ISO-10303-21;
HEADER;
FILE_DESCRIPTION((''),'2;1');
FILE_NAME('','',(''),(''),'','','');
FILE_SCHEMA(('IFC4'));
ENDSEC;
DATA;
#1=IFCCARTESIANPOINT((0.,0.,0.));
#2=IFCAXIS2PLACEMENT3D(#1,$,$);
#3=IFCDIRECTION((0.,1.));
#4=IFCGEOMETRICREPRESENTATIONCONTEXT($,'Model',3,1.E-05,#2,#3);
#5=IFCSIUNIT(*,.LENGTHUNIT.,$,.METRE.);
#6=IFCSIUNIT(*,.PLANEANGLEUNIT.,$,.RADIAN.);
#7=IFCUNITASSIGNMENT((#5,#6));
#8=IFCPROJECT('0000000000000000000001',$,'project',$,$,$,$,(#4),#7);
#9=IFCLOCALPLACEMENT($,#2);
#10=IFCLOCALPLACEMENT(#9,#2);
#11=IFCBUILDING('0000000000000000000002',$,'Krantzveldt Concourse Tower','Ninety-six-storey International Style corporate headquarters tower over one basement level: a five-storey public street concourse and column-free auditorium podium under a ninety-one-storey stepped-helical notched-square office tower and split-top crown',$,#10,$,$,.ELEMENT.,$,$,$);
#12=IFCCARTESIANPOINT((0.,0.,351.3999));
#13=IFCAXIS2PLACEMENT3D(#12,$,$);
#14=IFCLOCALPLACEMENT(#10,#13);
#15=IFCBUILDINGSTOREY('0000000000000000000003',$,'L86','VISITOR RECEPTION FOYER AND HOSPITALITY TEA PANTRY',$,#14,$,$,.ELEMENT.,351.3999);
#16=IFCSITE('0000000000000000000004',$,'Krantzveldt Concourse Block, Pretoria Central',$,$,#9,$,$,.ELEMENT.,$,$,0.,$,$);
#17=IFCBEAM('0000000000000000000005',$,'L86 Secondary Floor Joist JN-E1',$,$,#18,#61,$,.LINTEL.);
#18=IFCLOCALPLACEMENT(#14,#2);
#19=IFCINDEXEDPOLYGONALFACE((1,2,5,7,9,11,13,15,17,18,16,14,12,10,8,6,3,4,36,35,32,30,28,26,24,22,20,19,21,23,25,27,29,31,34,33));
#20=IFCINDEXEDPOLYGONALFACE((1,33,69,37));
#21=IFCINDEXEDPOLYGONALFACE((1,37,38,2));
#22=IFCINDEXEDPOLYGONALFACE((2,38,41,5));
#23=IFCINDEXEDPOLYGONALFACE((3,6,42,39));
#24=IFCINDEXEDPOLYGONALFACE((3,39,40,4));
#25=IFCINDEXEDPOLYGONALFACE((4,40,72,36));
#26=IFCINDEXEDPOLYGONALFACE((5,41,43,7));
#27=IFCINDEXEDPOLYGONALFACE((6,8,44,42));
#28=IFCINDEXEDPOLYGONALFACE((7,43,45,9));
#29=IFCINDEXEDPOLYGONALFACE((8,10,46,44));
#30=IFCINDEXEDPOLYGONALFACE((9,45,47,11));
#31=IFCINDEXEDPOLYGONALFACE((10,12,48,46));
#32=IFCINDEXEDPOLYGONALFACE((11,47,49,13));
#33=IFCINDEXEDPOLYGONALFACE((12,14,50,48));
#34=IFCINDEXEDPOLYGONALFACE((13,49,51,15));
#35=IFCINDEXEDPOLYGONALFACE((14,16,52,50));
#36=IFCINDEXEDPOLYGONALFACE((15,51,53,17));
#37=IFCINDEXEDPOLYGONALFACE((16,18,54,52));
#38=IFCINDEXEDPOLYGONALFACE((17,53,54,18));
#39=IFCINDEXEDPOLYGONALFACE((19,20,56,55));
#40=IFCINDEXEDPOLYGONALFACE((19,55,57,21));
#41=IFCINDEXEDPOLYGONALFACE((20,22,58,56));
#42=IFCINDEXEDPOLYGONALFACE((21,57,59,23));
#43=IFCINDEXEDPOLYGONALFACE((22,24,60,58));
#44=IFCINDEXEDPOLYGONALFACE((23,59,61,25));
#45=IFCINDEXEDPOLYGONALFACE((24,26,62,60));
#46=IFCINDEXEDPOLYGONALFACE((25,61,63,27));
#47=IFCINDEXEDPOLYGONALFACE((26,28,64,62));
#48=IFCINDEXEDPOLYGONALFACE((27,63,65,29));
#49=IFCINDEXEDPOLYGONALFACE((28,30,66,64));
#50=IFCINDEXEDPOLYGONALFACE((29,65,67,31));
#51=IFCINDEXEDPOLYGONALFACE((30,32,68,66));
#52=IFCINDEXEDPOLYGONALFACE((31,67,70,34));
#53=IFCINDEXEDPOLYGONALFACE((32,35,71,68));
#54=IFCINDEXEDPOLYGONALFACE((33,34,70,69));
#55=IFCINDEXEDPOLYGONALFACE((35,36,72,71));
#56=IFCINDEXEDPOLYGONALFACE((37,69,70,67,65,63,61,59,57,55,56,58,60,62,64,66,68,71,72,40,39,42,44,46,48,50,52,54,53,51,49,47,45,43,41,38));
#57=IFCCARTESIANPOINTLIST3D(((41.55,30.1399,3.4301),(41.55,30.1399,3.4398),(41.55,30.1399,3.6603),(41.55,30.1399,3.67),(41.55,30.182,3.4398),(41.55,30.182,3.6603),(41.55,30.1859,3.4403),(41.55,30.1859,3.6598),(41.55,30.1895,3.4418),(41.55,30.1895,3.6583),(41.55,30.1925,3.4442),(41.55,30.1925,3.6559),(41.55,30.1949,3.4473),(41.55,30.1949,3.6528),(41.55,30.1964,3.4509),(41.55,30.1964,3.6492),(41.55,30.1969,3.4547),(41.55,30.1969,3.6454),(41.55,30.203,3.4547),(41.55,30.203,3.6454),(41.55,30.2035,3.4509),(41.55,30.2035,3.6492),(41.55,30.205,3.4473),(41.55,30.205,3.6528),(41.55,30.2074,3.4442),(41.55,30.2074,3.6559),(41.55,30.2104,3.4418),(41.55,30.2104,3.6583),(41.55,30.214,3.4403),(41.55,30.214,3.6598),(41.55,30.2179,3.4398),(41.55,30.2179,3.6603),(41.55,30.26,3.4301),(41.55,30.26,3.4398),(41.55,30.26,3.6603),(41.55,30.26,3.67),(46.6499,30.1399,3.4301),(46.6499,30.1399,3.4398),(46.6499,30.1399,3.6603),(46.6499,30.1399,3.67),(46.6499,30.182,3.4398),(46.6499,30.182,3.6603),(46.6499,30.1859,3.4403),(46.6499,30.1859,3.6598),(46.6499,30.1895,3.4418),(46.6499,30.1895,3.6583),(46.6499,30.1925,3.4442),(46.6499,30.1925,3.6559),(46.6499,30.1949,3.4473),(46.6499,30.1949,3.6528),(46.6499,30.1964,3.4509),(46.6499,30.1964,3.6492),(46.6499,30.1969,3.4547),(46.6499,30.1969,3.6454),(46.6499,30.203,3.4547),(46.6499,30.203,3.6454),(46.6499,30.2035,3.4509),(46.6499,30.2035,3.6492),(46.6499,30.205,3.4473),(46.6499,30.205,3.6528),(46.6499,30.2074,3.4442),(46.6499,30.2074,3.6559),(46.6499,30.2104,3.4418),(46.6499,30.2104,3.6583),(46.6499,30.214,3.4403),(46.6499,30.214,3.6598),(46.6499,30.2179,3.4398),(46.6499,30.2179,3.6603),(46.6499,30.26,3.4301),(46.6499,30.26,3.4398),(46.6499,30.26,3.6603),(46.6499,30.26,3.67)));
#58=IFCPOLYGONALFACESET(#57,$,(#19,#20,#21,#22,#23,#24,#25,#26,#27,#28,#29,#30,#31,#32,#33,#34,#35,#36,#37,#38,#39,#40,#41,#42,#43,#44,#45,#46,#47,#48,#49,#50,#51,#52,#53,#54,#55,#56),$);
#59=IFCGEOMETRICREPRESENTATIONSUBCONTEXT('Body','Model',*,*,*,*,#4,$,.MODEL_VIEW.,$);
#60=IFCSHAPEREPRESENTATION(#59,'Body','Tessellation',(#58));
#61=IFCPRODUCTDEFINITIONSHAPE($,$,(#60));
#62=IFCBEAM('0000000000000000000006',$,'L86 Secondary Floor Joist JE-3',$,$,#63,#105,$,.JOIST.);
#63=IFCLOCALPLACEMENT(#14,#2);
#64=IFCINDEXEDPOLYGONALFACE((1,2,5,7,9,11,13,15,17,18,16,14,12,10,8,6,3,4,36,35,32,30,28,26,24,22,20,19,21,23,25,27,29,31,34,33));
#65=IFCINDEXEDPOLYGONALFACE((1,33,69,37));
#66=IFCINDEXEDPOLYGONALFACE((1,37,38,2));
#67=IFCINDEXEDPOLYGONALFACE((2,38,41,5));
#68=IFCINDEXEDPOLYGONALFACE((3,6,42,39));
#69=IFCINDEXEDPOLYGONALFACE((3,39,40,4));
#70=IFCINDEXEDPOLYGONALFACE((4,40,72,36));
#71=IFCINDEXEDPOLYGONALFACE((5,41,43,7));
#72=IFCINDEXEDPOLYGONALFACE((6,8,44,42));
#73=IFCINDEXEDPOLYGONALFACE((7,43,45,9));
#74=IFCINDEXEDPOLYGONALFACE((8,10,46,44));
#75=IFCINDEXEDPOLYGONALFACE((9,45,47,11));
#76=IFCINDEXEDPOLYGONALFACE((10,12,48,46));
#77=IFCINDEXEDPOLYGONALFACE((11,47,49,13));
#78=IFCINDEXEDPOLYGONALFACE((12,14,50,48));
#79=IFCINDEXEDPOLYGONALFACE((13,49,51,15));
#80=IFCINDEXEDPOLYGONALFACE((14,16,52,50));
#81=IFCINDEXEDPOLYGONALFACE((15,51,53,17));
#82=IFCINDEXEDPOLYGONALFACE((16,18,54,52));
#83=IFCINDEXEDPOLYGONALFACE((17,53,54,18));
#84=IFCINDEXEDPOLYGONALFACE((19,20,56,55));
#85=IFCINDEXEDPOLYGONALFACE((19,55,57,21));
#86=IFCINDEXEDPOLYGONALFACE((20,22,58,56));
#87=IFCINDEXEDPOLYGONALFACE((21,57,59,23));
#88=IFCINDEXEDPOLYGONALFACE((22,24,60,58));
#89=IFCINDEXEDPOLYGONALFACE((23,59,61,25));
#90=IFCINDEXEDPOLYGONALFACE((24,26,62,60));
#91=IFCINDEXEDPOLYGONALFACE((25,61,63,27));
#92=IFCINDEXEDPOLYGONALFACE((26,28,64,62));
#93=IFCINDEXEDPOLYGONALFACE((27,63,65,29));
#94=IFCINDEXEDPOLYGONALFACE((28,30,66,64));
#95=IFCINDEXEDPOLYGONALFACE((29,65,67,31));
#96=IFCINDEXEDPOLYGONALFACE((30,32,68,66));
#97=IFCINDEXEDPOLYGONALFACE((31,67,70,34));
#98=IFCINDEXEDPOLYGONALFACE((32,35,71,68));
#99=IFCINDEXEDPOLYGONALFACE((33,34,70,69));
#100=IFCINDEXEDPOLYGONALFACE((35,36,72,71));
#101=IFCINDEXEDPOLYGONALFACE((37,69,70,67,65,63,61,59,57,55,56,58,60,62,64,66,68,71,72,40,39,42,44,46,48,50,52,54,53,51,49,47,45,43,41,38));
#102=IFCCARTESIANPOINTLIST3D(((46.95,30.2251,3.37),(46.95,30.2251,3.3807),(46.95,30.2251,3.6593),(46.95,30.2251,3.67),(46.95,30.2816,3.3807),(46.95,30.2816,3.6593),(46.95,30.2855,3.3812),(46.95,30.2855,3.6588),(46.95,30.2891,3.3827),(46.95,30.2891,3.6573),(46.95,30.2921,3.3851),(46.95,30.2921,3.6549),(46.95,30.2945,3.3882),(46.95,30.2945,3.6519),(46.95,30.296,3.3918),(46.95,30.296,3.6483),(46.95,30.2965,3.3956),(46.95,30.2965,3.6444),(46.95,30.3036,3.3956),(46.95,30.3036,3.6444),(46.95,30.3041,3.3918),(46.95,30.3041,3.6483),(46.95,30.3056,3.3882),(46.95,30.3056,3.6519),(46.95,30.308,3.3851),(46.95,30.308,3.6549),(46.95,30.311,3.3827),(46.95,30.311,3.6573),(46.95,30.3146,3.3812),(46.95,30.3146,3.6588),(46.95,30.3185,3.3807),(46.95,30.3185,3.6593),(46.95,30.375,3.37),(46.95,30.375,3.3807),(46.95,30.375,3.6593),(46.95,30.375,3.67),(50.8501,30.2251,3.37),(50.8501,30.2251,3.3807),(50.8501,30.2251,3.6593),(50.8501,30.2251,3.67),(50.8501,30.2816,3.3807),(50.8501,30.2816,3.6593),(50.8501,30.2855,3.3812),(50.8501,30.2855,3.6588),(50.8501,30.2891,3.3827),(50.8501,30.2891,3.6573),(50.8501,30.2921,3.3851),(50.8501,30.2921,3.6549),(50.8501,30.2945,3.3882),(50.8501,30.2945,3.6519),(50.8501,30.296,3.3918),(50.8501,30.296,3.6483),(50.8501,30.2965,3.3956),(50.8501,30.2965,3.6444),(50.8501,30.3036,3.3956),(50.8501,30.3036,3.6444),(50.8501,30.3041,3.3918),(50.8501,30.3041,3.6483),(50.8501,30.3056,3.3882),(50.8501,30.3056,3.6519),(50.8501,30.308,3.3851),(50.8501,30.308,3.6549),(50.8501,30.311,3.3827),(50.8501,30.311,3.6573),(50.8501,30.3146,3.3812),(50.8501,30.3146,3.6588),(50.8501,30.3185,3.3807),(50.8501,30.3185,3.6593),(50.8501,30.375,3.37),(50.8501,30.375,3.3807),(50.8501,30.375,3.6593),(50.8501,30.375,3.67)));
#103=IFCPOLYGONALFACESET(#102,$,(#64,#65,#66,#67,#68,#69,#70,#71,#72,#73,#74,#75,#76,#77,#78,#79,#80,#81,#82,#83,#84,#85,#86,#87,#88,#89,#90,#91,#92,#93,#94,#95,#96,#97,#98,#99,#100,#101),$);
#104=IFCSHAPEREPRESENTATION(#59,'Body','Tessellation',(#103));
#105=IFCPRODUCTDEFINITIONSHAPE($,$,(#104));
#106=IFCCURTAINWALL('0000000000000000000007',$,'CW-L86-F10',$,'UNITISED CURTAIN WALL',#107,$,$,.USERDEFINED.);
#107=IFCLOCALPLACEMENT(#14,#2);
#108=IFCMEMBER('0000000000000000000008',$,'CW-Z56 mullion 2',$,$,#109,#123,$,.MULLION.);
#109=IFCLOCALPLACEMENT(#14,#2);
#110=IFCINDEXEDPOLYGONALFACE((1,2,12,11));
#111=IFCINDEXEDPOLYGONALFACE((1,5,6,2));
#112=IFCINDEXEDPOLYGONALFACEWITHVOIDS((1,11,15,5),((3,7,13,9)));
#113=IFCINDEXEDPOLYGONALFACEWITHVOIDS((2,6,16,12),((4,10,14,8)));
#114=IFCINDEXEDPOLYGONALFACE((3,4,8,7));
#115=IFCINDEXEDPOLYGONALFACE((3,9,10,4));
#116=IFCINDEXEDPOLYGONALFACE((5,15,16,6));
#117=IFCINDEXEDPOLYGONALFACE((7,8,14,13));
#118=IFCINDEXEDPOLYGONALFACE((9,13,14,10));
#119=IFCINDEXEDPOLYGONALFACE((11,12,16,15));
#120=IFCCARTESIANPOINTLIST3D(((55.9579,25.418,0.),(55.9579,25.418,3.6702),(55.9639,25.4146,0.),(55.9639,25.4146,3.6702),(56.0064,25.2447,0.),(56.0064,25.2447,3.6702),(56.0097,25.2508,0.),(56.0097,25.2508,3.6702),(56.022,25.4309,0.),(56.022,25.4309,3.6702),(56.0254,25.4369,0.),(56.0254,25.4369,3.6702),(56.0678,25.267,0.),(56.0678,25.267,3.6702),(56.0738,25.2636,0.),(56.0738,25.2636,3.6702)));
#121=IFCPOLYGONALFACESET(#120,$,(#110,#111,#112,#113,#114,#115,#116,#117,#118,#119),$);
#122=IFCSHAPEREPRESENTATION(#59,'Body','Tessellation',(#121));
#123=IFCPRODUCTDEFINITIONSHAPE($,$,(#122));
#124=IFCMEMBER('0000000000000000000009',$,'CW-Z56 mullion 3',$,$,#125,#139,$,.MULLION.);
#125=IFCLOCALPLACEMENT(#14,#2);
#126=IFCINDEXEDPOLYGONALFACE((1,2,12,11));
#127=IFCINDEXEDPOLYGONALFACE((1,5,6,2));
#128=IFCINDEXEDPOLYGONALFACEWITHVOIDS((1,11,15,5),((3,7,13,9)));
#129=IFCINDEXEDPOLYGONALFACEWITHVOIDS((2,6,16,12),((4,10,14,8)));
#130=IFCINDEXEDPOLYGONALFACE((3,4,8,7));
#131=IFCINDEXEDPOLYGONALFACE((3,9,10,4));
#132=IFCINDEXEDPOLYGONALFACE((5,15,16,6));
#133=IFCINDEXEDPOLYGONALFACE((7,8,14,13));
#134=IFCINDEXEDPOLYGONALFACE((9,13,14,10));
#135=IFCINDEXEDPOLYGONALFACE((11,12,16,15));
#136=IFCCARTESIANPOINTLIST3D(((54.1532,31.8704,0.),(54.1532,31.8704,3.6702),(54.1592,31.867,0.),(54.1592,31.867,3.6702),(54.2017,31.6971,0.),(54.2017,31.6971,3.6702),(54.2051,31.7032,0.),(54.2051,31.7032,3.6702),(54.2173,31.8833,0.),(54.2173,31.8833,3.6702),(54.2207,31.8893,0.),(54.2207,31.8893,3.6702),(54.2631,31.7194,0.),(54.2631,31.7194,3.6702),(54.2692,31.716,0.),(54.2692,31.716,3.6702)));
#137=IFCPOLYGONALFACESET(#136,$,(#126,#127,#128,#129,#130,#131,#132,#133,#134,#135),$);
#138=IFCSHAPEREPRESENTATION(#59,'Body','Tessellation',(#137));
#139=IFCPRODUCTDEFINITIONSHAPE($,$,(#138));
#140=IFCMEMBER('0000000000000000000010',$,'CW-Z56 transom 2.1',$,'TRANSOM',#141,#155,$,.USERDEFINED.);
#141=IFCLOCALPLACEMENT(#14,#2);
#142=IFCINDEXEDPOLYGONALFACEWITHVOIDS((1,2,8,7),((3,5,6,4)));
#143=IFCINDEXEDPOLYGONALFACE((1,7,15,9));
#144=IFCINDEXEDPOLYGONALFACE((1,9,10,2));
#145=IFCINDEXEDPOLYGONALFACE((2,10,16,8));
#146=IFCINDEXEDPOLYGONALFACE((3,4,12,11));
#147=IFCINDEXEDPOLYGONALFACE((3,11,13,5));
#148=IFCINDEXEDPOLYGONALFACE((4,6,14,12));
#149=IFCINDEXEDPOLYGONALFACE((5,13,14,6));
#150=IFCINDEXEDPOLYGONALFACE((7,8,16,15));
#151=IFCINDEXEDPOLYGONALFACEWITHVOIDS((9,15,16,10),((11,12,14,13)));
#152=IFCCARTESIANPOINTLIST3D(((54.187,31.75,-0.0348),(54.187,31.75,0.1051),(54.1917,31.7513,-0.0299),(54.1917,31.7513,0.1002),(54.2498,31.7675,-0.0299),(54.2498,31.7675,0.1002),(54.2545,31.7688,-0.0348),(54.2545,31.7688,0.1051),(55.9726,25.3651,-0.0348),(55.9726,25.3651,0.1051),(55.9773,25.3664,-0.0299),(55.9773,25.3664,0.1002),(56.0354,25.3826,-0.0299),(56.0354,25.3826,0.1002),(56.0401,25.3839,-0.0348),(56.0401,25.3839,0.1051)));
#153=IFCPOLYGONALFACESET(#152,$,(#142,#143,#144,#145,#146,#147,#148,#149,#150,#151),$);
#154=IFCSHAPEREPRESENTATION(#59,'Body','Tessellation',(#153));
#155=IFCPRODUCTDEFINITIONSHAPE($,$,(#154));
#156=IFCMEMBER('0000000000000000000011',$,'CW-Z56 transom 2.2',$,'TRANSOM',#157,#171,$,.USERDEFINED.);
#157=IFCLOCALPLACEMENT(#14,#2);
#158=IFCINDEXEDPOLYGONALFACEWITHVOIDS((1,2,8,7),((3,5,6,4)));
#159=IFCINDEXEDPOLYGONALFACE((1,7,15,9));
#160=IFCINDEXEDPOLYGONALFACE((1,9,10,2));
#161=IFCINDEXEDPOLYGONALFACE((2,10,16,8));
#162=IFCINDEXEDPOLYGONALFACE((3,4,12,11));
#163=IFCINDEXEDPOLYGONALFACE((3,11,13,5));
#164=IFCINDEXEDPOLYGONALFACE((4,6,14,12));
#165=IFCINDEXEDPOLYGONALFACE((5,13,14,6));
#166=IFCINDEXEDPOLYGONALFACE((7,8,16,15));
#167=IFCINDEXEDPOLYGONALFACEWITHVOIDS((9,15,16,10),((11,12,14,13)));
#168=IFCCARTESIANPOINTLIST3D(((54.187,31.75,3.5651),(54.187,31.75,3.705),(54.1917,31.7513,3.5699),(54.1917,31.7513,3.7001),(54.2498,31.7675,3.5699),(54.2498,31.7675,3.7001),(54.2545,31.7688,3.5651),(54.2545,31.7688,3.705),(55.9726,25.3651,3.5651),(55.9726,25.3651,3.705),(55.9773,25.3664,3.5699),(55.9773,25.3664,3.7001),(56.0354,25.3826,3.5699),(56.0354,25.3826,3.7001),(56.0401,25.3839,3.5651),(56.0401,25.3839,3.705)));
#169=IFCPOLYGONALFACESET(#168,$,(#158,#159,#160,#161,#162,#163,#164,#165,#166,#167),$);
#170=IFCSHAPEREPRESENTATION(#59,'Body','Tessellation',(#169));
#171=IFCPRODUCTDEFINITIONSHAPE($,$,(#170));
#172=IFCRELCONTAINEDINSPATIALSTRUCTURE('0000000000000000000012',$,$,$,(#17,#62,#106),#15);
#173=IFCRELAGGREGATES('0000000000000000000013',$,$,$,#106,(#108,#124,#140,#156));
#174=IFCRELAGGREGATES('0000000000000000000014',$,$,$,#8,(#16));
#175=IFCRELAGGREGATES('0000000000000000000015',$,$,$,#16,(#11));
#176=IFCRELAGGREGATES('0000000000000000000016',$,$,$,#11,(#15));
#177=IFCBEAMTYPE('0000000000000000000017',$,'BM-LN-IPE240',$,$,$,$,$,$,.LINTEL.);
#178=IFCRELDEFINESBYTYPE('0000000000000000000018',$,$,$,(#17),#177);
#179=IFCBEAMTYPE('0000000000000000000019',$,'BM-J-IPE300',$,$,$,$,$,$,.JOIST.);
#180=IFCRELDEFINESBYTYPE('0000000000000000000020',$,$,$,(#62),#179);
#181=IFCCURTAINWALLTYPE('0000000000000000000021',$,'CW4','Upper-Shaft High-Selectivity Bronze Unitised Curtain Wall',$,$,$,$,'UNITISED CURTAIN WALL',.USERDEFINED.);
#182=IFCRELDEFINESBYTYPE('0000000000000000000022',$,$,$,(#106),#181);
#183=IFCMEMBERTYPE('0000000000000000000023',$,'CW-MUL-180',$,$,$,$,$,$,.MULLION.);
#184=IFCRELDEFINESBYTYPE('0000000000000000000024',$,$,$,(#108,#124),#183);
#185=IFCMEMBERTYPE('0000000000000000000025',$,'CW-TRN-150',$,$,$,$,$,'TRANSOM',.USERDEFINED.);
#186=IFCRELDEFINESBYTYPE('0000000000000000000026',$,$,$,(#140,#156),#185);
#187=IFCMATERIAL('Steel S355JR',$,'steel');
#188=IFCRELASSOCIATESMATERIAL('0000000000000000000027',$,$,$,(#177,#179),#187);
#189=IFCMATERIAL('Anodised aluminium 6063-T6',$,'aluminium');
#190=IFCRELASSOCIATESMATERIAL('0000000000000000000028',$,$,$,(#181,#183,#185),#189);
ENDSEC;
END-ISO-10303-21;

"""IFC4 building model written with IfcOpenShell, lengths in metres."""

from ifc_helpers import new_model, si_unit, direction, frame, origin, origin_2d, place, context, subcontext, project, spatial, hollow_rectangle, i_section, extrude, source, transform, mapped, material, material_profile, profile_set, type_object, type_shapes, element, aggregate, save


model = new_model("IFC4")

# Units and contexts
model_context = context("Model", 3, precision=1e-05, world=origin(), true_north=direction((0.0, 1.0)))
body_context = subcontext(model_context, "Body", "Model", "MODEL_VIEW")
ifc_project = project(units=[si_unit("LENGTHUNIT", "METRE"), si_unit("PLANEANGLEUNIT", "RADIAN")], contexts=[model_context])

# Site, building, storey
site_placement = place(None, origin())
site = spatial("IfcSite", under=ifc_project, at=site_placement, Name="Krantzveldt Concourse Block, Pretoria Central", CompositionType="ELEMENT", RefElevation=0.0)
building_placement = place(site_placement, origin())
building = spatial("IfcBuilding", under=site, at=building_placement, Name="Krantzveldt Concourse Tower", Description="Ninety-six-storey International Style corporate headquarters tower over one basement level: a five-storey public street concourse and column-free auditorium podium under a ninety-one-storey stepped-helical notched-square office tower and split-top crown", CompositionType="ELEMENT")
storey_placement = place(building_placement, frame((0.0, 0.0, 351.3999)))
storey = spatial("IfcBuildingStorey", under=building, at=storey_placement, Name="L86", Description="VISITOR RECEPTION FOYER AND HOSPITALITY TEA PANTRY", CompositionType="ELEMENT", Elevation=351.3999)

# Beams
ifc_material_1 = material(Name="Steel S355JR", Category="steel")
ifc_material_profile_1 = material_profile(ifc_material_1, i_section(OverallWidth=0.1201, OverallDepth=0.24, WebThickness=0.0061, FlangeThickness=0.0098, FilletRadius=0.0149, at=origin_2d()), Name="Steel S355JR", Category="steel")
ifc_profile_set_1 = profile_set([ifc_material_profile_1], Name="Steel S355JR - IPE 240")
beam_type_1 = type_object("IfcBeamType", Name="BM-LN-IPE240", PredefinedType="LINTEL", material=ifc_profile_set_1)
shared_shape_1 = source(origin(), body_context, "Body", "SweptSolid", [
    extrude(i_section(OverallWidth=0.1201, OverallDepth=0.24, WebThickness=0.0061, FlangeThickness=0.0098, FilletRadius=0.0149, at=origin_2d()), origin(), (0.0, 0.0, 1.0), 5.0999),
])
type_shapes(beam_type_1, [shared_shape_1])
beam_1_placement = place(storey_placement, frame((41.55, 30.2, 3.55), z_axis=(1.0, 0.0, 0.0), x_axis=(0.0, 1.0, 0.0)))
element("IfcBeam", 1, at=beam_1_placement, inside=storey, type_object=beam_type_1, Name="L86 Secondary Floor Joist JN-E1", PredefinedType="LINTEL", context=body_context, shape_type="MappedRepresentation", body=[
    mapped(shared_shape_1, transform((0.0, 0.0, 0.0), x_axis=(1.0, 0.0, 0.0), y_axis=(0.0, 1.0, 0.0), z_axis=(0.0, 0.0, 1.0), scale=1.0)),
])
ifc_material_profile_2 = material_profile(ifc_material_1, i_section(OverallWidth=0.1499, OverallDepth=0.3, WebThickness=0.0071, FlangeThickness=0.0107, FilletRadius=0.0149, at=origin_2d()), Name="Steel S355JR", Category="steel")
ifc_profile_set_2 = profile_set([ifc_material_profile_2], Name="Steel S355JR - IPE 300")
beam_type_2 = type_object("IfcBeamType", Name="BM-J-IPE300", PredefinedType="JOIST", material=ifc_profile_set_2)
shared_shape_2 = source(origin(), body_context, "Body", "SweptSolid", [
    extrude(i_section(OverallWidth=0.1499, OverallDepth=0.3, WebThickness=0.0071, FlangeThickness=0.0107, FilletRadius=0.0149, at=origin_2d()), origin(), (0.0, 0.0, 1.0), 3.9001),
])
type_shapes(beam_type_2, [shared_shape_2])
beam_2_placement = place(storey_placement, frame((46.95, 30.3, 3.52), z_axis=(1.0, 0.0, 0.0), x_axis=(0.0, 1.0, 0.0)))
element("IfcBeam", 2, at=beam_2_placement, inside=storey, type_object=beam_type_2, Name="L86 Secondary Floor Joist JE-3", PredefinedType="JOIST", context=body_context, shape_type="MappedRepresentation", body=[
    mapped(shared_shape_2, transform((0.0, 0.0, 0.0), x_axis=(1.0, 0.0, 0.0), y_axis=(0.0, 1.0, 0.0), z_axis=(0.0, 0.0, 1.0), scale=1.0)),
])

# Curtain wall, members
ifc_material_2 = material(Name="Anodised aluminium 6063-T6", Category="aluminium")
curtain_wall_type = type_object("IfcCurtainWallType", Name="CW4", Description="Upper-Shaft High-Selectivity Bronze Unitised Curtain Wall", ElementType="UNITISED CURTAIN WALL", PredefinedType="USERDEFINED", material=ifc_material_2)
curtain_wall_placement = place(storey_placement, origin())
curtain_wall = element("IfcCurtainWall", 3, at=curtain_wall_placement, inside=storey, type_object=curtain_wall_type, Name="CW-L86-F10", ObjectType="UNITISED CURTAIN WALL", PredefinedType="USERDEFINED")
ifc_material_profile_3 = material_profile(ifc_material_2, hollow_rectangle(XDim=0.0701, YDim=0.1799, WallThickness=0.0049, at=origin_2d()), Name="Anodised aluminium 6063-T6", Category="aluminium")
ifc_profile_set_3 = profile_set([ifc_material_profile_3], Name="Anodised aluminium 6063-T6 - ALU-MULL 180x70x5")
member_type_1 = type_object("IfcMemberType", Name="CW-MUL-180", PredefinedType="MULLION", material=ifc_profile_set_3)
shared_shape_3 = source(origin(), body_context, "Body", "SweptSolid", [
    extrude(hollow_rectangle(XDim=0.0701, YDim=0.1799, WallThickness=0.0049, at=origin_2d()), origin(), (0.0, 0.0, 1.0), 3.6702),
])
type_shapes(member_type_1, [shared_shape_3])
member_1_placement = place(storey_placement, frame((56.0159, 25.3408, 0.0), z_axis=(0.0, 0.0, 1.0), x_axis=(-0.963045, -0.26934, 0.0)))
member_1 = element("IfcMember", 4, at=member_1_placement, type_object=member_type_1, Name="CW-Z56 mullion 2", PredefinedType="MULLION", context=body_context, shape_type="MappedRepresentation", body=[
    mapped(shared_shape_3, transform((0.0, 0.0, 0.0), x_axis=(1.0, 0.0, 0.0), y_axis=(0.0, 1.0, 0.0), z_axis=(0.0, 0.0, 1.0), scale=1.0)),
])
member_2_placement = place(storey_placement, frame((54.2112, 31.7932, 0.0), z_axis=(0.0, 0.0, 1.0), x_axis=(-0.963045, -0.26934, 0.0)))
member_2 = element("IfcMember", 5, at=member_2_placement, type_object=member_type_1, Name="CW-Z56 mullion 3", PredefinedType="MULLION", context=body_context, shape_type="MappedRepresentation", body=[
    mapped(shared_shape_3, transform((0.0, 0.0, 0.0), x_axis=(1.0, 0.0, 0.0), y_axis=(0.0, 1.0, 0.0), z_axis=(0.0, 0.0, 1.0), scale=1.0)),
])
ifc_material_profile_4 = material_profile(ifc_material_2, hollow_rectangle(XDim=0.0701, YDim=0.1399, WallThickness=0.0049, at=origin_2d()), Name="Anodised aluminium 6063-T6", Category="aluminium")
ifc_profile_set_4 = profile_set([ifc_material_profile_4], Name="Anodised aluminium 6063-T6 - ALU-TRAN 140x70x5")
member_type_2 = type_object("IfcMemberType", Name="CW-TRN-150", ElementType="TRANSOM", PredefinedType="USERDEFINED", material=ifc_profile_set_4)
shared_shape_4 = source(origin(), body_context, "Body", "SweptSolid", [
    extrude(hollow_rectangle(XDim=0.0701, YDim=0.1399, WallThickness=0.0049, at=origin_2d()), origin(), (0.0, 0.0, 1.0), 6.6299),
])
type_shapes(member_type_2, [shared_shape_4])
member_3_placement = place(storey_placement, frame((56.0063, 25.3745, 0.0352), z_axis=(-0.269328, 0.963048, 0.0), x_axis=(-0.963048, -0.269328, 0.0)))
member_3 = element("IfcMember", 6, at=member_3_placement, type_object=member_type_2, Name="CW-Z56 transom 2.1", ObjectType="TRANSOM", PredefinedType="USERDEFINED", context=body_context, shape_type="MappedRepresentation", body=[
    mapped(shared_shape_4, transform((0.0, 0.0, 0.0), x_axis=(1.0, 0.0, 0.0), y_axis=(0.0, 1.0, 0.0), z_axis=(0.0, 0.0, 1.0), scale=1.0)),
])
member_4_placement = place(storey_placement, frame((56.0063, 25.3745, 3.635), z_axis=(-0.269328, 0.963048, 0.0), x_axis=(-0.963048, -0.269328, 0.0)))
member_4 = element("IfcMember", 7, at=member_4_placement, type_object=member_type_2, Name="CW-Z56 transom 2.2", ObjectType="TRANSOM", PredefinedType="USERDEFINED", context=body_context, shape_type="MappedRepresentation", body=[
    mapped(shared_shape_4, transform((0.0, 0.0, 0.0), x_axis=(1.0, 0.0, 0.0), y_axis=(0.0, 1.0, 0.0), z_axis=(0.0, 0.0, 1.0), scale=1.0)),
])
aggregate(curtain_wall, [member_1, member_2, member_3, member_4])

save(model, "model.ifc")
